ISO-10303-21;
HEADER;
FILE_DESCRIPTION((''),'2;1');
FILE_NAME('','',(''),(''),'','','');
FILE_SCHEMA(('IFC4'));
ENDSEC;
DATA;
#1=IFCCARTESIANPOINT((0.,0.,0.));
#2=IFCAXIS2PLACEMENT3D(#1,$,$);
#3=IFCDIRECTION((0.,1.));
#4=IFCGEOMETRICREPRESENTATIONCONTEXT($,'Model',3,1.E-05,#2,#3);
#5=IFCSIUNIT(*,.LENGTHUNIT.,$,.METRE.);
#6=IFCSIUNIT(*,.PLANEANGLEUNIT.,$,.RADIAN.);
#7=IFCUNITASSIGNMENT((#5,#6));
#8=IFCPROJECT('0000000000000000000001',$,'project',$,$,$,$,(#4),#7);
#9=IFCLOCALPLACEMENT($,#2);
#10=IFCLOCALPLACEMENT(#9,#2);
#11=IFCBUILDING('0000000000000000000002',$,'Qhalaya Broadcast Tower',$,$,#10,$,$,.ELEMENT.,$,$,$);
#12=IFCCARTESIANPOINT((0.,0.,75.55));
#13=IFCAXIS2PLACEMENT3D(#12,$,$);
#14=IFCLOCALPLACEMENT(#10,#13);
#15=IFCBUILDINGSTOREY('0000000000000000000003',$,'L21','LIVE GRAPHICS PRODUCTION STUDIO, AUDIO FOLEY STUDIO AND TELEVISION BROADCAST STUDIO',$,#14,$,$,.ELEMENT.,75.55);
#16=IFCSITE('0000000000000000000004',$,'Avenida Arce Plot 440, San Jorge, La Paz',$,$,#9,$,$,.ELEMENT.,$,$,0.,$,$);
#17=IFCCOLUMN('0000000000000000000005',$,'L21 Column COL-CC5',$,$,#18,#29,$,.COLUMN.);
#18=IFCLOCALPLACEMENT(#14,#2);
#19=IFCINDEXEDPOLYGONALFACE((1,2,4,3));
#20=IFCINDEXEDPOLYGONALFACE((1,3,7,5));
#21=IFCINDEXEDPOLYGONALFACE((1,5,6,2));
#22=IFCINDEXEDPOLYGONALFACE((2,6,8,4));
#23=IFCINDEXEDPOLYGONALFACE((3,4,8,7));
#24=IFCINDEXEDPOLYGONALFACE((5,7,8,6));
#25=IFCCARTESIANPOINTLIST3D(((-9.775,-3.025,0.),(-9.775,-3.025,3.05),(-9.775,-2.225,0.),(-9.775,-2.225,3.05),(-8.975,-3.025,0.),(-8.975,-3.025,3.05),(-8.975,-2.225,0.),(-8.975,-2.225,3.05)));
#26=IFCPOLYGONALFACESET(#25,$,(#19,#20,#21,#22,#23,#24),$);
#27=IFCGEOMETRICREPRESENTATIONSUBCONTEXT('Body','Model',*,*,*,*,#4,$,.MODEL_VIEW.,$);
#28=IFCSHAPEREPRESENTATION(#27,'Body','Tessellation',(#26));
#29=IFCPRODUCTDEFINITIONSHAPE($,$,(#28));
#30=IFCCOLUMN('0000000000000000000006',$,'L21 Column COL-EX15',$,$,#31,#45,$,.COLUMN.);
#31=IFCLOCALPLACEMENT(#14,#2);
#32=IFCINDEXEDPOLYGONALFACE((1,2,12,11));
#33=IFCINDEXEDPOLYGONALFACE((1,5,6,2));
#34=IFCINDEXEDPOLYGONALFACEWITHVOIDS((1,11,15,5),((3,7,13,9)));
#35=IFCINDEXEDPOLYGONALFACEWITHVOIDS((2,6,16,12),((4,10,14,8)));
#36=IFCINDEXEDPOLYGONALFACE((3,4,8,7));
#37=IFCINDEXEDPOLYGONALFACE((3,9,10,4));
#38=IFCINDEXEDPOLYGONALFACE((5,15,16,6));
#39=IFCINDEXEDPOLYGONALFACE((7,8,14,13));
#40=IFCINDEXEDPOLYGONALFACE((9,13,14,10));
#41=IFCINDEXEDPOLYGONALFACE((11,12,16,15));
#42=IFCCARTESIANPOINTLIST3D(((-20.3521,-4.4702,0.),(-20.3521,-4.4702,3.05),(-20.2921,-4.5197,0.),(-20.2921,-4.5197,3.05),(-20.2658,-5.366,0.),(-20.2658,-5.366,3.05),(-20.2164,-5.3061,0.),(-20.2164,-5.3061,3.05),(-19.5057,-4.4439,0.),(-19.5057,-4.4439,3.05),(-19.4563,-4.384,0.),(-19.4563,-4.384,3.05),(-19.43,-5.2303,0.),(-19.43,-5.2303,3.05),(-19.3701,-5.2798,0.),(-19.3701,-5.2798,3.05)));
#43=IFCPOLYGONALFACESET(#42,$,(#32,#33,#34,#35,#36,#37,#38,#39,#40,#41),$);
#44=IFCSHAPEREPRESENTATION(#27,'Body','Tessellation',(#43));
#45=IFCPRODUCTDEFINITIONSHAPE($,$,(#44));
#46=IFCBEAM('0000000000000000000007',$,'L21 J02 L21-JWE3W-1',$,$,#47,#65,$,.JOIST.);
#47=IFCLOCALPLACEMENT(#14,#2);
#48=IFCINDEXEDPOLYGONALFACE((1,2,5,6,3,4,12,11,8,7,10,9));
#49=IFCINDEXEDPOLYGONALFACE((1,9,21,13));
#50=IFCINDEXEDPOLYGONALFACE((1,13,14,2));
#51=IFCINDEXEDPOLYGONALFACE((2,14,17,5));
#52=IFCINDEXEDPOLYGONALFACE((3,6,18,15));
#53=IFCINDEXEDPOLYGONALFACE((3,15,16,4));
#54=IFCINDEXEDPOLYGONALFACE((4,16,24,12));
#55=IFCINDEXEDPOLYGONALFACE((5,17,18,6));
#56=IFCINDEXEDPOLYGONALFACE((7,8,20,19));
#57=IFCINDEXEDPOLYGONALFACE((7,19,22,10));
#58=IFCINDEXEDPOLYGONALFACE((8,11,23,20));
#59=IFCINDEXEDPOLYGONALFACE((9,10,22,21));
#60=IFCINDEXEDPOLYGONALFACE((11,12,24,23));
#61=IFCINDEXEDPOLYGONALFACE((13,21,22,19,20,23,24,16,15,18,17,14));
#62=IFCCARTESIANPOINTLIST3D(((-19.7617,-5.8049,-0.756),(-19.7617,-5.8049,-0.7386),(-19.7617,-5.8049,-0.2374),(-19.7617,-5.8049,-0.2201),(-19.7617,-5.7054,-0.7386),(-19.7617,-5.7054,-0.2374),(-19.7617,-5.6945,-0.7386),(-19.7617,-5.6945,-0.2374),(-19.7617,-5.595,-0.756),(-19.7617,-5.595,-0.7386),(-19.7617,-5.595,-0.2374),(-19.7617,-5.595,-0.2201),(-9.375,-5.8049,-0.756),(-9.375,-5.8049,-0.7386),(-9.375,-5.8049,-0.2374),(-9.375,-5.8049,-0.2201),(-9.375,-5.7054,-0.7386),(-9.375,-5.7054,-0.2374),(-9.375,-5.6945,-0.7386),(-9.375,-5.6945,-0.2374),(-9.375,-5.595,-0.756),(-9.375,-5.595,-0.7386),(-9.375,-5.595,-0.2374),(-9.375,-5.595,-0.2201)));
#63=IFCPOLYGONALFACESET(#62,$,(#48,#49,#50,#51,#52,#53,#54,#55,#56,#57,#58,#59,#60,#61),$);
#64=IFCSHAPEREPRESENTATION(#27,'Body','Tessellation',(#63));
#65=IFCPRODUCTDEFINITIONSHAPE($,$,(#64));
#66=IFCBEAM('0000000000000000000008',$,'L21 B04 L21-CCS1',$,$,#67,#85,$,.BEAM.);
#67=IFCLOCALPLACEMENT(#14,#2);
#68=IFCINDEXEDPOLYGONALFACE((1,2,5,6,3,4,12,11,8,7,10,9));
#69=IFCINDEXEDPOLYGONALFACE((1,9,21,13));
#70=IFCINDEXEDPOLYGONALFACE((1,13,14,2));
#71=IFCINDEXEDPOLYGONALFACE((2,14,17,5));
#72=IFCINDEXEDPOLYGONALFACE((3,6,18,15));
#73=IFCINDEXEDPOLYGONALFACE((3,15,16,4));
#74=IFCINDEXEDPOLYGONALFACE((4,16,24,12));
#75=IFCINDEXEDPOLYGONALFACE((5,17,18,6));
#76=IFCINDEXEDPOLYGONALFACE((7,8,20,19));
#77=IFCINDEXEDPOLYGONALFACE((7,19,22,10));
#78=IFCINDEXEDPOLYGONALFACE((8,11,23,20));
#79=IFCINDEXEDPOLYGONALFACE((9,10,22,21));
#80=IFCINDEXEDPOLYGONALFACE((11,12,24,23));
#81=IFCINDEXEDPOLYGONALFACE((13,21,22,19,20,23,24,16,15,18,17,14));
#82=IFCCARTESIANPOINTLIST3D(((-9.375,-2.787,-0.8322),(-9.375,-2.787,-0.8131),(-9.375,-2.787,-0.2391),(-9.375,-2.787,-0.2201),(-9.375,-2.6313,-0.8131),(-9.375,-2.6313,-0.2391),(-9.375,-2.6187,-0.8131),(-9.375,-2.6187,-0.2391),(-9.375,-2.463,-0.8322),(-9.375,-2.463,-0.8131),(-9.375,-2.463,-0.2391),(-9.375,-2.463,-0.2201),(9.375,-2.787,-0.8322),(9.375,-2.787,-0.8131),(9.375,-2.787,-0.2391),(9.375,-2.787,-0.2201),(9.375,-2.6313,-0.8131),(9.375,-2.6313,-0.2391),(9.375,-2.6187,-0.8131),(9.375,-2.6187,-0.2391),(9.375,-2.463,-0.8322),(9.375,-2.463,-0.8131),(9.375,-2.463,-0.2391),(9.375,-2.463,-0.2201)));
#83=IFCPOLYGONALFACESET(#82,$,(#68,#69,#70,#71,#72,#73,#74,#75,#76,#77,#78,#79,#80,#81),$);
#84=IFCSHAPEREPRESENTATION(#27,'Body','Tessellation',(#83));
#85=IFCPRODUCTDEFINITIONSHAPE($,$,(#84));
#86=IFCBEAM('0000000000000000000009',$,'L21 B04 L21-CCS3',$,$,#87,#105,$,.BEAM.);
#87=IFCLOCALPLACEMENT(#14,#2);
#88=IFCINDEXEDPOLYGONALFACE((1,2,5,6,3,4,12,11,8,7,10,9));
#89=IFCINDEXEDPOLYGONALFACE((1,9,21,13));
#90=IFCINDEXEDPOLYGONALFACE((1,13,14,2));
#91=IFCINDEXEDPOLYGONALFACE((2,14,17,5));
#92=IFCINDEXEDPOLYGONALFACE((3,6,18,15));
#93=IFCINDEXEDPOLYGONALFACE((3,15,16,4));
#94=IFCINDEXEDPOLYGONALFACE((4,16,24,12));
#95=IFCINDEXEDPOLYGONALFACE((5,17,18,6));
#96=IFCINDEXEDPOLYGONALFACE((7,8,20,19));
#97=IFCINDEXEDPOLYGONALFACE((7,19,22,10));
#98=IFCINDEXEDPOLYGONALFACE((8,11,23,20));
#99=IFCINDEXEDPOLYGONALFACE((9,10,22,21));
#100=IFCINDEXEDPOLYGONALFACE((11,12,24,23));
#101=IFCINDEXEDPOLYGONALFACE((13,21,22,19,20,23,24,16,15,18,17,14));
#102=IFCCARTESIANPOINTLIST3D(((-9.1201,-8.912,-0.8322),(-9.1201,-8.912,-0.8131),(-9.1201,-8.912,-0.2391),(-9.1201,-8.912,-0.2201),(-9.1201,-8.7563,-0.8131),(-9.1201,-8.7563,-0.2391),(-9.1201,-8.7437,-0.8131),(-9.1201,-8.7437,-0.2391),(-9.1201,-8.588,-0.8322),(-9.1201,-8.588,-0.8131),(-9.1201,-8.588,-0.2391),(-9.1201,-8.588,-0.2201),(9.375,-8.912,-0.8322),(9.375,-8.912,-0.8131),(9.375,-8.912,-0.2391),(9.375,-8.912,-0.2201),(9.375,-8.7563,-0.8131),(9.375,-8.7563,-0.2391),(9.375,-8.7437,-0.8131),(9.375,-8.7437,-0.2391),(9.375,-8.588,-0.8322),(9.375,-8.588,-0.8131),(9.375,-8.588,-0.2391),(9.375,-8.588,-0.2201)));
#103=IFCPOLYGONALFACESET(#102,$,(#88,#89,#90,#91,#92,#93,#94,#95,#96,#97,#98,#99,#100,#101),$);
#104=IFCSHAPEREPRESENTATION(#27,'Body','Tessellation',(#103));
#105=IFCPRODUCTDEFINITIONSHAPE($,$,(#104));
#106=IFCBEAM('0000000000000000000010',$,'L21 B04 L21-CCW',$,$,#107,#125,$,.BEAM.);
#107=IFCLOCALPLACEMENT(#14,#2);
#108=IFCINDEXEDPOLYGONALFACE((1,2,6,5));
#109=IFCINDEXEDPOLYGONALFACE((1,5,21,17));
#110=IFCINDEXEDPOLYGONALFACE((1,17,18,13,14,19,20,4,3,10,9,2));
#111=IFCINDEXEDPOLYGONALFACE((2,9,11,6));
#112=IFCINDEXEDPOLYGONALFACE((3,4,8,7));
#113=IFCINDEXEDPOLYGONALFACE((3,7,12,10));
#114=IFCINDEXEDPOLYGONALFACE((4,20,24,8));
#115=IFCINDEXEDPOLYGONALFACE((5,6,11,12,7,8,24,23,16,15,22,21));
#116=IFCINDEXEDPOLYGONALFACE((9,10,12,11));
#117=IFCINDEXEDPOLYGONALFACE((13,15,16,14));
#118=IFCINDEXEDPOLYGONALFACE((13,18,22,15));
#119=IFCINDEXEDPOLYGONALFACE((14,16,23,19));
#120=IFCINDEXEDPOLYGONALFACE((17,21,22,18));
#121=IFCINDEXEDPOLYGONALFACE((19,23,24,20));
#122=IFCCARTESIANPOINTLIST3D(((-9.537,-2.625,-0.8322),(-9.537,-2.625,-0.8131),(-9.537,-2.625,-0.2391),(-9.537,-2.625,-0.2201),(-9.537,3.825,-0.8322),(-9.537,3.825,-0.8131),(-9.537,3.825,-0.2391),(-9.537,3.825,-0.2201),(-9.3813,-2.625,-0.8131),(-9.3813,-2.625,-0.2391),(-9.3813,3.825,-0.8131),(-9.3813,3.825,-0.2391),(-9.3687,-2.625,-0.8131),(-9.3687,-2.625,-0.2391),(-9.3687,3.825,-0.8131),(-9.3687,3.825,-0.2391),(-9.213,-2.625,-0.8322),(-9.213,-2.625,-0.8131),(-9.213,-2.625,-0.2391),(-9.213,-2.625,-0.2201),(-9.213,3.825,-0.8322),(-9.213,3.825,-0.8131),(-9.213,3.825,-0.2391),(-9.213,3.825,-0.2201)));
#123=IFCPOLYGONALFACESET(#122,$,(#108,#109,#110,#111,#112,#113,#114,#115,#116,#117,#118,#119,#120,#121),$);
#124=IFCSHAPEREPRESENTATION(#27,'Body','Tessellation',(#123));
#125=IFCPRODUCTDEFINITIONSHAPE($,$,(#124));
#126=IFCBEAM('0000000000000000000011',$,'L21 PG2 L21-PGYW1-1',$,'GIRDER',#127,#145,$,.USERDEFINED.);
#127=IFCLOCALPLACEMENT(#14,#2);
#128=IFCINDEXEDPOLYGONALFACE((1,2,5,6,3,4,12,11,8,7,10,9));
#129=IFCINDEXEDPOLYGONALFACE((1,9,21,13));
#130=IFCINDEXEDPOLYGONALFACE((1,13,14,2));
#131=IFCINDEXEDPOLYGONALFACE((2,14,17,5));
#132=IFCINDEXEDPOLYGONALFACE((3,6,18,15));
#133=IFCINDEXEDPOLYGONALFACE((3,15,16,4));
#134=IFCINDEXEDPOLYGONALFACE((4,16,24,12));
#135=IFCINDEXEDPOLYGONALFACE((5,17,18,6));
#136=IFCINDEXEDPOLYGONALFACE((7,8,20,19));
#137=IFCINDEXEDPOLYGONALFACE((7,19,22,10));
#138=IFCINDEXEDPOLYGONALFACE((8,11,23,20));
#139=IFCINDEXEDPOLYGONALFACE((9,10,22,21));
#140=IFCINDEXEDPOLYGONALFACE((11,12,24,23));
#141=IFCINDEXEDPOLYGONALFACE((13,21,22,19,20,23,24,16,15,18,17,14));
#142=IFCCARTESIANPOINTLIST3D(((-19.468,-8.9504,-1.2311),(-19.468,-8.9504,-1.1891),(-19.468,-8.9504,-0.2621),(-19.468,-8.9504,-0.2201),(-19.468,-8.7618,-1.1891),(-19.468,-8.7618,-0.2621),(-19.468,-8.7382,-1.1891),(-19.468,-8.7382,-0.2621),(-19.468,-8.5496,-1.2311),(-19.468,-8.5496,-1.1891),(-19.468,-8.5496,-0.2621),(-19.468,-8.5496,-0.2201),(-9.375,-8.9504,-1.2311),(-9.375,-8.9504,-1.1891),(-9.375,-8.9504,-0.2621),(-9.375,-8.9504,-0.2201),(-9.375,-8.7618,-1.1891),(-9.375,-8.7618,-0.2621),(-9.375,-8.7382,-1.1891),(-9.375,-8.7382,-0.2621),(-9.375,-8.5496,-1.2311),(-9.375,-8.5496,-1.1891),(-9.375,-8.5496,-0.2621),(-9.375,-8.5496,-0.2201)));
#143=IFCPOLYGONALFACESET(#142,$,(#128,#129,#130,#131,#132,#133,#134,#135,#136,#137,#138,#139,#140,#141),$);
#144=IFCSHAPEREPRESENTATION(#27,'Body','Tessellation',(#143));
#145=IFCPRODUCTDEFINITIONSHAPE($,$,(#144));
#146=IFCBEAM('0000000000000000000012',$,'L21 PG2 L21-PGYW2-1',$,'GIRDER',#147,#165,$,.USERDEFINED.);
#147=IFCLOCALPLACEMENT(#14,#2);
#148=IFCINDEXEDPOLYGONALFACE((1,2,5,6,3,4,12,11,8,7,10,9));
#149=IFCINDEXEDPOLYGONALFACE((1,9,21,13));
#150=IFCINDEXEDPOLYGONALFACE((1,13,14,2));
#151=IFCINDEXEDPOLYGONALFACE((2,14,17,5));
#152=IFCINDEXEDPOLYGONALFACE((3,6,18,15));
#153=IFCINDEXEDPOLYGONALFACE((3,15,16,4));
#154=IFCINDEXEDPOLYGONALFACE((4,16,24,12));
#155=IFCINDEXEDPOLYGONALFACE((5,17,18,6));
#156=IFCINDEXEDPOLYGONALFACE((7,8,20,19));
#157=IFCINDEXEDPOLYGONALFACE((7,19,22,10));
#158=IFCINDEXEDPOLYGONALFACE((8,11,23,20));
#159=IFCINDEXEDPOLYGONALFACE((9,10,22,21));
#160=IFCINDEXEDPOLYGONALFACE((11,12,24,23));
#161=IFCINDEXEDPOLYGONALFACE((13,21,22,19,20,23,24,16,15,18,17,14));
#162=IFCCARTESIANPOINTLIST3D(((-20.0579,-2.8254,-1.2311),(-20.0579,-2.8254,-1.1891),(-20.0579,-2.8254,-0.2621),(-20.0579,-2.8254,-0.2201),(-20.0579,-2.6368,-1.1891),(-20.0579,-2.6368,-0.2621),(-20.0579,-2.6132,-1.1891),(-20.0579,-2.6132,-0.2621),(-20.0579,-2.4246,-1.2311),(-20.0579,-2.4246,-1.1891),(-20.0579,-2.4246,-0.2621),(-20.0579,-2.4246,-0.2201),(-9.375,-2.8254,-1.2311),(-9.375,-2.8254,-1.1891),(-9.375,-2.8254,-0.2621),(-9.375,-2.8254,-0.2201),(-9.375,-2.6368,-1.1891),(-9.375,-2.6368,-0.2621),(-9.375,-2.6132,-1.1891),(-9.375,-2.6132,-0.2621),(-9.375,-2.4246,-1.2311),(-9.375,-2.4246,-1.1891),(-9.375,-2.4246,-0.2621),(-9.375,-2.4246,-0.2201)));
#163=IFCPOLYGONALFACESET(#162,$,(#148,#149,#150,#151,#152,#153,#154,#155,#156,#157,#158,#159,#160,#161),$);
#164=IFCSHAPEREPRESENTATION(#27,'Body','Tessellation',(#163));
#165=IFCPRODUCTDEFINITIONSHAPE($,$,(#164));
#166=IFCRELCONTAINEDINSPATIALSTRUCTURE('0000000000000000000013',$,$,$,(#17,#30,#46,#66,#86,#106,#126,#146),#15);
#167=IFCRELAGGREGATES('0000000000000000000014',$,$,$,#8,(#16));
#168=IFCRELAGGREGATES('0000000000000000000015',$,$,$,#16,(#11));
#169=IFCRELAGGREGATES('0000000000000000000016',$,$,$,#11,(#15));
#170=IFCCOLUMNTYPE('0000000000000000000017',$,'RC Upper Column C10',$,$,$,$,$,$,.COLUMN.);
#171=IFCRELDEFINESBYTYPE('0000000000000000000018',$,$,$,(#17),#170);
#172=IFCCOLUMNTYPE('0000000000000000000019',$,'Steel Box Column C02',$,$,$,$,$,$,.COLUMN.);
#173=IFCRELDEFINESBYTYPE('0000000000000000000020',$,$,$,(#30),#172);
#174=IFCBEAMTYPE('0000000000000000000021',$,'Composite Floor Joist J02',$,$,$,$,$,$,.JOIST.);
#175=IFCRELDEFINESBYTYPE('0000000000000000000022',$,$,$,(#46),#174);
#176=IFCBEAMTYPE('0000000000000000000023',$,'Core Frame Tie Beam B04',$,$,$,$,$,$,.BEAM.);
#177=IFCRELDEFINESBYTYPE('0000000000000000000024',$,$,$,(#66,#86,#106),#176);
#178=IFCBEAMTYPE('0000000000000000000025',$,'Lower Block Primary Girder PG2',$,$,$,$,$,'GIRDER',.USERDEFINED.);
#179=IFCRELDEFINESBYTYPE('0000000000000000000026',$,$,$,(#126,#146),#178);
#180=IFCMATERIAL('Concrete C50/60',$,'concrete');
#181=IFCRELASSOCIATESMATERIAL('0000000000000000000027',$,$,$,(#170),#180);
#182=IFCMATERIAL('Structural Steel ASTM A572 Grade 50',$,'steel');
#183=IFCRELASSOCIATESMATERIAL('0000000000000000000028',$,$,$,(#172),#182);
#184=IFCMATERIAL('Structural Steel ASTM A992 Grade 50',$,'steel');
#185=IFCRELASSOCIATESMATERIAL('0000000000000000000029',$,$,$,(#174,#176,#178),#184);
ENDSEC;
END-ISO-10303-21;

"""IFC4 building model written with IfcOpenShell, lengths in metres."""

from ifc_helpers import new_model, si_unit, direction, frame, origin, origin_2d, place, context, subcontext, project, spatial, rectangle, hollow_rectangle, i_section, extrude, material, material_profile, profile_set, type_object, element, save


model = new_model("IFC4")

# Units and contexts
model_context = context("Model", 3, precision=1e-05, world=origin(), true_north=direction((0.0, 1.0)))
body_context = subcontext(model_context, "Body", "Model", "MODEL_VIEW")
ifc_project = project(units=[si_unit("LENGTHUNIT", "METRE"), si_unit("PLANEANGLEUNIT", "RADIAN")], contexts=[model_context])

# Site, building, storey
site_placement = place(None, origin())
site = spatial("IfcSite", under=ifc_project, at=site_placement, Name="Avenida Arce Plot 440, San Jorge, La Paz", CompositionType="ELEMENT", RefElevation=0.0)
building_placement = place(site_placement, origin())
building = spatial("IfcBuilding", under=site, at=building_placement, Name="Qhalaya Broadcast Tower", CompositionType="ELEMENT")
storey_placement = place(building_placement, frame((0.0, 0.0, 75.55)))
storey = spatial("IfcBuildingStorey", under=building, at=storey_placement, Name="L21", Description="LIVE GRAPHICS PRODUCTION STUDIO, AUDIO FOLEY STUDIO AND TELEVISION BROADCAST STUDIO", CompositionType="ELEMENT", Elevation=75.55)

# Columns
ifc_material_1 = material(Name="Concrete C50/60", Category="concrete")
ifc_material_profile_1 = material_profile(ifc_material_1, rectangle(XDim=0.8, YDim=0.8, at=origin_2d()), Name="RC-COL 800x800")
ifc_profile_set_1 = profile_set([ifc_material_profile_1], Name="Concrete C50/60")
column_type_1 = type_object("IfcColumnType", Name="RC Upper Column C10", PredefinedType="COLUMN", material=ifc_profile_set_1)
column_1_placement = place(storey_placement, frame((-9.375, -2.625, 0.0), z_axis=(0.0, 0.0, 1.0), x_axis=(1.0, 0.0, 0.0)))
element("IfcColumn", 1, at=column_1_placement, inside=storey, type_object=column_type_1, Name="L21 Column COL-CC5", PredefinedType="COLUMN", context=body_context, shape_type="SweptSolid", body=[
    extrude(rectangle(XDim=0.8, YDim=0.8, at=origin_2d()), origin(), (0.0, 0.0, 1.0), 3.05),
])
ifc_material_2 = material(Name="Structural Steel ASTM A572 Grade 50", Category="steel")
ifc_material_profile_2 = material_profile(ifc_material_2, hollow_rectangle(XDim=0.8999, YDim=0.8999, WallThickness=0.0549, at=origin_2d()), Name="BOX 900x900x55")
ifc_profile_set_2 = profile_set([ifc_material_profile_2], Name="Structural Steel ASTM A572 Grade 50")
column_type_2 = type_object("IfcColumnType", Name="Steel Box Column C02", PredefinedType="COLUMN", material=ifc_profile_set_2)
column_2_placement = place(storey_placement, frame((-19.8611, -4.875, 0.0), z_axis=(0.0, 0.0, 1.0), x_axis=(-0.095846, 0.995396, 0.0)))
element("IfcColumn", 2, at=column_2_placement, inside=storey, type_object=column_type_2, Name="L21 Column COL-EX15", PredefinedType="COLUMN", context=body_context, shape_type="SweptSolid", body=[
    extrude(hollow_rectangle(XDim=0.8999, YDim=0.8999, WallThickness=0.0549, at=origin_2d()), origin(), (0.0, 0.0, 1.0), 3.05),
])

# Beams
ifc_material_3 = material(Name="Structural Steel ASTM A992 Grade 50", Category="steel")
ifc_material_profile_3 = material_profile(ifc_material_3, i_section(OverallWidth=0.21, OverallDepth=0.5359, WebThickness=0.011, FlangeThickness=0.0173, at=origin_2d()), Name="W21X68")
ifc_profile_set_3 = profile_set([ifc_material_profile_3], Name="Structural Steel ASTM A992 Grade 50")
beam_type_1 = type_object("IfcBeamType", Name="Composite Floor Joist J02", PredefinedType="JOIST", material=ifc_profile_set_3)
beam_1_placement = place(storey_placement, frame((-19.7617, -5.7, -0.488), z_axis=(1.0, 0.0, 0.0), x_axis=(0.0, 1.0, 0.0)))
element("IfcBeam", 3, at=beam_1_placement, inside=storey, type_object=beam_type_1, Name="L21 J02 L21-JWE3W-1", PredefinedType="JOIST", context=body_context, shape_type="SweptSolid", body=[
    extrude(i_section(OverallWidth=0.21, OverallDepth=0.5359, WebThickness=0.011, FlangeThickness=0.0173, at=origin_2d()), origin(), (0.0, 0.0, 1.0), 10.3867),
])
ifc_material_profile_4 = material_profile(ifc_material_3, i_section(OverallWidth=0.324, OverallDepth=0.6121, WebThickness=0.0127, FlangeThickness=0.019, at=origin_2d()), Name="W24X104")
ifc_profile_set_4 = profile_set([ifc_material_profile_4], Name="Structural Steel ASTM A992 Grade 50")
beam_type_2 = type_object("IfcBeamType", Name="Core Frame Tie Beam B04", PredefinedType="BEAM", material=ifc_profile_set_4)
beam_2_placement = place(storey_placement, frame((-9.375, -2.625, -0.5261), z_axis=(1.0, 0.0, 0.0), x_axis=(0.0, 1.0, 0.0)))
element("IfcBeam", 4, at=beam_2_placement, inside=storey, type_object=beam_type_2, Name="L21 B04 L21-CCS1", PredefinedType="BEAM", context=body_context, shape_type="SweptSolid", body=[
    extrude(i_section(OverallWidth=0.324, OverallDepth=0.6121, WebThickness=0.0127, FlangeThickness=0.019, at=origin_2d()), origin(), (0.0, 0.0, 1.0), 18.75),
])
beam_3_placement = place(storey_placement, frame((-9.1201, -8.75, -0.5261), z_axis=(1.0, 0.0, 0.0), x_axis=(0.0, 1.0, 0.0)))
element("IfcBeam", 5, at=beam_3_placement, inside=storey, type_object=beam_type_2, Name="L21 B04 L21-CCS3", PredefinedType="BEAM", context=body_context, shape_type="SweptSolid", body=[
    extrude(i_section(OverallWidth=0.324, OverallDepth=0.6121, WebThickness=0.0127, FlangeThickness=0.019, at=origin_2d()), origin(), (0.0, 0.0, 1.0), 18.4951),
])
beam_4_placement = place(storey_placement, frame((-9.375, -2.625, -0.5261), z_axis=(0.0, 1.0, 0.0), x_axis=(-1.0, 0.0, 0.0)))
element("IfcBeam", 6, at=beam_4_placement, inside=storey, type_object=beam_type_2, Name="L21 B04 L21-CCW", PredefinedType="BEAM", context=body_context, shape_type="SweptSolid", body=[
    extrude(i_section(OverallWidth=0.324, OverallDepth=0.6121, WebThickness=0.0127, FlangeThickness=0.019, at=origin_2d()), origin(), (0.0, 0.0, 1.0), 6.45),
])
ifc_material_profile_5 = material_profile(ifc_material_3, i_section(OverallWidth=0.4009, OverallDepth=1.011, WebThickness=0.0237, FlangeThickness=0.042, at=origin_2d()), Name="W40X297")
ifc_profile_set_5 = profile_set([ifc_material_profile_5], Name="Structural Steel ASTM A992 Grade 50")
beam_type_3 = type_object("IfcBeamType", Name="Lower Block Primary Girder PG2", ElementType="GIRDER", PredefinedType="USERDEFINED", material=ifc_profile_set_5)
beam_5_placement = place(storey_placement, frame((-19.468, -8.75, -0.7256), z_axis=(1.0, 0.0, 0.0), x_axis=(0.0, 1.0, 0.0)))
element("IfcBeam", 7, at=beam_5_placement, inside=storey, type_object=beam_type_3, Name="L21 PG2 L21-PGYW1-1", ObjectType="GIRDER", PredefinedType="USERDEFINED", context=body_context, shape_type="SweptSolid", body=[
    extrude(i_section(OverallWidth=0.4009, OverallDepth=1.011, WebThickness=0.0237, FlangeThickness=0.042, at=origin_2d()), origin(), (0.0, 0.0, 1.0), 10.093),
])
beam_6_placement = place(storey_placement, frame((-20.0579, -2.625, -0.7256), z_axis=(1.0, 0.0, 0.0), x_axis=(0.0, 1.0, 0.0)))
element("IfcBeam", 8, at=beam_6_placement, inside=storey, type_object=beam_type_3, Name="L21 PG2 L21-PGYW2-1", ObjectType="GIRDER", PredefinedType="USERDEFINED", context=body_context, shape_type="SweptSolid", body=[
    extrude(i_section(OverallWidth=0.4009, OverallDepth=1.011, WebThickness=0.0237, FlangeThickness=0.042, at=origin_2d()), origin(), (0.0, 0.0, 1.0), 10.6829),
])

save(model, "model.ifc")
